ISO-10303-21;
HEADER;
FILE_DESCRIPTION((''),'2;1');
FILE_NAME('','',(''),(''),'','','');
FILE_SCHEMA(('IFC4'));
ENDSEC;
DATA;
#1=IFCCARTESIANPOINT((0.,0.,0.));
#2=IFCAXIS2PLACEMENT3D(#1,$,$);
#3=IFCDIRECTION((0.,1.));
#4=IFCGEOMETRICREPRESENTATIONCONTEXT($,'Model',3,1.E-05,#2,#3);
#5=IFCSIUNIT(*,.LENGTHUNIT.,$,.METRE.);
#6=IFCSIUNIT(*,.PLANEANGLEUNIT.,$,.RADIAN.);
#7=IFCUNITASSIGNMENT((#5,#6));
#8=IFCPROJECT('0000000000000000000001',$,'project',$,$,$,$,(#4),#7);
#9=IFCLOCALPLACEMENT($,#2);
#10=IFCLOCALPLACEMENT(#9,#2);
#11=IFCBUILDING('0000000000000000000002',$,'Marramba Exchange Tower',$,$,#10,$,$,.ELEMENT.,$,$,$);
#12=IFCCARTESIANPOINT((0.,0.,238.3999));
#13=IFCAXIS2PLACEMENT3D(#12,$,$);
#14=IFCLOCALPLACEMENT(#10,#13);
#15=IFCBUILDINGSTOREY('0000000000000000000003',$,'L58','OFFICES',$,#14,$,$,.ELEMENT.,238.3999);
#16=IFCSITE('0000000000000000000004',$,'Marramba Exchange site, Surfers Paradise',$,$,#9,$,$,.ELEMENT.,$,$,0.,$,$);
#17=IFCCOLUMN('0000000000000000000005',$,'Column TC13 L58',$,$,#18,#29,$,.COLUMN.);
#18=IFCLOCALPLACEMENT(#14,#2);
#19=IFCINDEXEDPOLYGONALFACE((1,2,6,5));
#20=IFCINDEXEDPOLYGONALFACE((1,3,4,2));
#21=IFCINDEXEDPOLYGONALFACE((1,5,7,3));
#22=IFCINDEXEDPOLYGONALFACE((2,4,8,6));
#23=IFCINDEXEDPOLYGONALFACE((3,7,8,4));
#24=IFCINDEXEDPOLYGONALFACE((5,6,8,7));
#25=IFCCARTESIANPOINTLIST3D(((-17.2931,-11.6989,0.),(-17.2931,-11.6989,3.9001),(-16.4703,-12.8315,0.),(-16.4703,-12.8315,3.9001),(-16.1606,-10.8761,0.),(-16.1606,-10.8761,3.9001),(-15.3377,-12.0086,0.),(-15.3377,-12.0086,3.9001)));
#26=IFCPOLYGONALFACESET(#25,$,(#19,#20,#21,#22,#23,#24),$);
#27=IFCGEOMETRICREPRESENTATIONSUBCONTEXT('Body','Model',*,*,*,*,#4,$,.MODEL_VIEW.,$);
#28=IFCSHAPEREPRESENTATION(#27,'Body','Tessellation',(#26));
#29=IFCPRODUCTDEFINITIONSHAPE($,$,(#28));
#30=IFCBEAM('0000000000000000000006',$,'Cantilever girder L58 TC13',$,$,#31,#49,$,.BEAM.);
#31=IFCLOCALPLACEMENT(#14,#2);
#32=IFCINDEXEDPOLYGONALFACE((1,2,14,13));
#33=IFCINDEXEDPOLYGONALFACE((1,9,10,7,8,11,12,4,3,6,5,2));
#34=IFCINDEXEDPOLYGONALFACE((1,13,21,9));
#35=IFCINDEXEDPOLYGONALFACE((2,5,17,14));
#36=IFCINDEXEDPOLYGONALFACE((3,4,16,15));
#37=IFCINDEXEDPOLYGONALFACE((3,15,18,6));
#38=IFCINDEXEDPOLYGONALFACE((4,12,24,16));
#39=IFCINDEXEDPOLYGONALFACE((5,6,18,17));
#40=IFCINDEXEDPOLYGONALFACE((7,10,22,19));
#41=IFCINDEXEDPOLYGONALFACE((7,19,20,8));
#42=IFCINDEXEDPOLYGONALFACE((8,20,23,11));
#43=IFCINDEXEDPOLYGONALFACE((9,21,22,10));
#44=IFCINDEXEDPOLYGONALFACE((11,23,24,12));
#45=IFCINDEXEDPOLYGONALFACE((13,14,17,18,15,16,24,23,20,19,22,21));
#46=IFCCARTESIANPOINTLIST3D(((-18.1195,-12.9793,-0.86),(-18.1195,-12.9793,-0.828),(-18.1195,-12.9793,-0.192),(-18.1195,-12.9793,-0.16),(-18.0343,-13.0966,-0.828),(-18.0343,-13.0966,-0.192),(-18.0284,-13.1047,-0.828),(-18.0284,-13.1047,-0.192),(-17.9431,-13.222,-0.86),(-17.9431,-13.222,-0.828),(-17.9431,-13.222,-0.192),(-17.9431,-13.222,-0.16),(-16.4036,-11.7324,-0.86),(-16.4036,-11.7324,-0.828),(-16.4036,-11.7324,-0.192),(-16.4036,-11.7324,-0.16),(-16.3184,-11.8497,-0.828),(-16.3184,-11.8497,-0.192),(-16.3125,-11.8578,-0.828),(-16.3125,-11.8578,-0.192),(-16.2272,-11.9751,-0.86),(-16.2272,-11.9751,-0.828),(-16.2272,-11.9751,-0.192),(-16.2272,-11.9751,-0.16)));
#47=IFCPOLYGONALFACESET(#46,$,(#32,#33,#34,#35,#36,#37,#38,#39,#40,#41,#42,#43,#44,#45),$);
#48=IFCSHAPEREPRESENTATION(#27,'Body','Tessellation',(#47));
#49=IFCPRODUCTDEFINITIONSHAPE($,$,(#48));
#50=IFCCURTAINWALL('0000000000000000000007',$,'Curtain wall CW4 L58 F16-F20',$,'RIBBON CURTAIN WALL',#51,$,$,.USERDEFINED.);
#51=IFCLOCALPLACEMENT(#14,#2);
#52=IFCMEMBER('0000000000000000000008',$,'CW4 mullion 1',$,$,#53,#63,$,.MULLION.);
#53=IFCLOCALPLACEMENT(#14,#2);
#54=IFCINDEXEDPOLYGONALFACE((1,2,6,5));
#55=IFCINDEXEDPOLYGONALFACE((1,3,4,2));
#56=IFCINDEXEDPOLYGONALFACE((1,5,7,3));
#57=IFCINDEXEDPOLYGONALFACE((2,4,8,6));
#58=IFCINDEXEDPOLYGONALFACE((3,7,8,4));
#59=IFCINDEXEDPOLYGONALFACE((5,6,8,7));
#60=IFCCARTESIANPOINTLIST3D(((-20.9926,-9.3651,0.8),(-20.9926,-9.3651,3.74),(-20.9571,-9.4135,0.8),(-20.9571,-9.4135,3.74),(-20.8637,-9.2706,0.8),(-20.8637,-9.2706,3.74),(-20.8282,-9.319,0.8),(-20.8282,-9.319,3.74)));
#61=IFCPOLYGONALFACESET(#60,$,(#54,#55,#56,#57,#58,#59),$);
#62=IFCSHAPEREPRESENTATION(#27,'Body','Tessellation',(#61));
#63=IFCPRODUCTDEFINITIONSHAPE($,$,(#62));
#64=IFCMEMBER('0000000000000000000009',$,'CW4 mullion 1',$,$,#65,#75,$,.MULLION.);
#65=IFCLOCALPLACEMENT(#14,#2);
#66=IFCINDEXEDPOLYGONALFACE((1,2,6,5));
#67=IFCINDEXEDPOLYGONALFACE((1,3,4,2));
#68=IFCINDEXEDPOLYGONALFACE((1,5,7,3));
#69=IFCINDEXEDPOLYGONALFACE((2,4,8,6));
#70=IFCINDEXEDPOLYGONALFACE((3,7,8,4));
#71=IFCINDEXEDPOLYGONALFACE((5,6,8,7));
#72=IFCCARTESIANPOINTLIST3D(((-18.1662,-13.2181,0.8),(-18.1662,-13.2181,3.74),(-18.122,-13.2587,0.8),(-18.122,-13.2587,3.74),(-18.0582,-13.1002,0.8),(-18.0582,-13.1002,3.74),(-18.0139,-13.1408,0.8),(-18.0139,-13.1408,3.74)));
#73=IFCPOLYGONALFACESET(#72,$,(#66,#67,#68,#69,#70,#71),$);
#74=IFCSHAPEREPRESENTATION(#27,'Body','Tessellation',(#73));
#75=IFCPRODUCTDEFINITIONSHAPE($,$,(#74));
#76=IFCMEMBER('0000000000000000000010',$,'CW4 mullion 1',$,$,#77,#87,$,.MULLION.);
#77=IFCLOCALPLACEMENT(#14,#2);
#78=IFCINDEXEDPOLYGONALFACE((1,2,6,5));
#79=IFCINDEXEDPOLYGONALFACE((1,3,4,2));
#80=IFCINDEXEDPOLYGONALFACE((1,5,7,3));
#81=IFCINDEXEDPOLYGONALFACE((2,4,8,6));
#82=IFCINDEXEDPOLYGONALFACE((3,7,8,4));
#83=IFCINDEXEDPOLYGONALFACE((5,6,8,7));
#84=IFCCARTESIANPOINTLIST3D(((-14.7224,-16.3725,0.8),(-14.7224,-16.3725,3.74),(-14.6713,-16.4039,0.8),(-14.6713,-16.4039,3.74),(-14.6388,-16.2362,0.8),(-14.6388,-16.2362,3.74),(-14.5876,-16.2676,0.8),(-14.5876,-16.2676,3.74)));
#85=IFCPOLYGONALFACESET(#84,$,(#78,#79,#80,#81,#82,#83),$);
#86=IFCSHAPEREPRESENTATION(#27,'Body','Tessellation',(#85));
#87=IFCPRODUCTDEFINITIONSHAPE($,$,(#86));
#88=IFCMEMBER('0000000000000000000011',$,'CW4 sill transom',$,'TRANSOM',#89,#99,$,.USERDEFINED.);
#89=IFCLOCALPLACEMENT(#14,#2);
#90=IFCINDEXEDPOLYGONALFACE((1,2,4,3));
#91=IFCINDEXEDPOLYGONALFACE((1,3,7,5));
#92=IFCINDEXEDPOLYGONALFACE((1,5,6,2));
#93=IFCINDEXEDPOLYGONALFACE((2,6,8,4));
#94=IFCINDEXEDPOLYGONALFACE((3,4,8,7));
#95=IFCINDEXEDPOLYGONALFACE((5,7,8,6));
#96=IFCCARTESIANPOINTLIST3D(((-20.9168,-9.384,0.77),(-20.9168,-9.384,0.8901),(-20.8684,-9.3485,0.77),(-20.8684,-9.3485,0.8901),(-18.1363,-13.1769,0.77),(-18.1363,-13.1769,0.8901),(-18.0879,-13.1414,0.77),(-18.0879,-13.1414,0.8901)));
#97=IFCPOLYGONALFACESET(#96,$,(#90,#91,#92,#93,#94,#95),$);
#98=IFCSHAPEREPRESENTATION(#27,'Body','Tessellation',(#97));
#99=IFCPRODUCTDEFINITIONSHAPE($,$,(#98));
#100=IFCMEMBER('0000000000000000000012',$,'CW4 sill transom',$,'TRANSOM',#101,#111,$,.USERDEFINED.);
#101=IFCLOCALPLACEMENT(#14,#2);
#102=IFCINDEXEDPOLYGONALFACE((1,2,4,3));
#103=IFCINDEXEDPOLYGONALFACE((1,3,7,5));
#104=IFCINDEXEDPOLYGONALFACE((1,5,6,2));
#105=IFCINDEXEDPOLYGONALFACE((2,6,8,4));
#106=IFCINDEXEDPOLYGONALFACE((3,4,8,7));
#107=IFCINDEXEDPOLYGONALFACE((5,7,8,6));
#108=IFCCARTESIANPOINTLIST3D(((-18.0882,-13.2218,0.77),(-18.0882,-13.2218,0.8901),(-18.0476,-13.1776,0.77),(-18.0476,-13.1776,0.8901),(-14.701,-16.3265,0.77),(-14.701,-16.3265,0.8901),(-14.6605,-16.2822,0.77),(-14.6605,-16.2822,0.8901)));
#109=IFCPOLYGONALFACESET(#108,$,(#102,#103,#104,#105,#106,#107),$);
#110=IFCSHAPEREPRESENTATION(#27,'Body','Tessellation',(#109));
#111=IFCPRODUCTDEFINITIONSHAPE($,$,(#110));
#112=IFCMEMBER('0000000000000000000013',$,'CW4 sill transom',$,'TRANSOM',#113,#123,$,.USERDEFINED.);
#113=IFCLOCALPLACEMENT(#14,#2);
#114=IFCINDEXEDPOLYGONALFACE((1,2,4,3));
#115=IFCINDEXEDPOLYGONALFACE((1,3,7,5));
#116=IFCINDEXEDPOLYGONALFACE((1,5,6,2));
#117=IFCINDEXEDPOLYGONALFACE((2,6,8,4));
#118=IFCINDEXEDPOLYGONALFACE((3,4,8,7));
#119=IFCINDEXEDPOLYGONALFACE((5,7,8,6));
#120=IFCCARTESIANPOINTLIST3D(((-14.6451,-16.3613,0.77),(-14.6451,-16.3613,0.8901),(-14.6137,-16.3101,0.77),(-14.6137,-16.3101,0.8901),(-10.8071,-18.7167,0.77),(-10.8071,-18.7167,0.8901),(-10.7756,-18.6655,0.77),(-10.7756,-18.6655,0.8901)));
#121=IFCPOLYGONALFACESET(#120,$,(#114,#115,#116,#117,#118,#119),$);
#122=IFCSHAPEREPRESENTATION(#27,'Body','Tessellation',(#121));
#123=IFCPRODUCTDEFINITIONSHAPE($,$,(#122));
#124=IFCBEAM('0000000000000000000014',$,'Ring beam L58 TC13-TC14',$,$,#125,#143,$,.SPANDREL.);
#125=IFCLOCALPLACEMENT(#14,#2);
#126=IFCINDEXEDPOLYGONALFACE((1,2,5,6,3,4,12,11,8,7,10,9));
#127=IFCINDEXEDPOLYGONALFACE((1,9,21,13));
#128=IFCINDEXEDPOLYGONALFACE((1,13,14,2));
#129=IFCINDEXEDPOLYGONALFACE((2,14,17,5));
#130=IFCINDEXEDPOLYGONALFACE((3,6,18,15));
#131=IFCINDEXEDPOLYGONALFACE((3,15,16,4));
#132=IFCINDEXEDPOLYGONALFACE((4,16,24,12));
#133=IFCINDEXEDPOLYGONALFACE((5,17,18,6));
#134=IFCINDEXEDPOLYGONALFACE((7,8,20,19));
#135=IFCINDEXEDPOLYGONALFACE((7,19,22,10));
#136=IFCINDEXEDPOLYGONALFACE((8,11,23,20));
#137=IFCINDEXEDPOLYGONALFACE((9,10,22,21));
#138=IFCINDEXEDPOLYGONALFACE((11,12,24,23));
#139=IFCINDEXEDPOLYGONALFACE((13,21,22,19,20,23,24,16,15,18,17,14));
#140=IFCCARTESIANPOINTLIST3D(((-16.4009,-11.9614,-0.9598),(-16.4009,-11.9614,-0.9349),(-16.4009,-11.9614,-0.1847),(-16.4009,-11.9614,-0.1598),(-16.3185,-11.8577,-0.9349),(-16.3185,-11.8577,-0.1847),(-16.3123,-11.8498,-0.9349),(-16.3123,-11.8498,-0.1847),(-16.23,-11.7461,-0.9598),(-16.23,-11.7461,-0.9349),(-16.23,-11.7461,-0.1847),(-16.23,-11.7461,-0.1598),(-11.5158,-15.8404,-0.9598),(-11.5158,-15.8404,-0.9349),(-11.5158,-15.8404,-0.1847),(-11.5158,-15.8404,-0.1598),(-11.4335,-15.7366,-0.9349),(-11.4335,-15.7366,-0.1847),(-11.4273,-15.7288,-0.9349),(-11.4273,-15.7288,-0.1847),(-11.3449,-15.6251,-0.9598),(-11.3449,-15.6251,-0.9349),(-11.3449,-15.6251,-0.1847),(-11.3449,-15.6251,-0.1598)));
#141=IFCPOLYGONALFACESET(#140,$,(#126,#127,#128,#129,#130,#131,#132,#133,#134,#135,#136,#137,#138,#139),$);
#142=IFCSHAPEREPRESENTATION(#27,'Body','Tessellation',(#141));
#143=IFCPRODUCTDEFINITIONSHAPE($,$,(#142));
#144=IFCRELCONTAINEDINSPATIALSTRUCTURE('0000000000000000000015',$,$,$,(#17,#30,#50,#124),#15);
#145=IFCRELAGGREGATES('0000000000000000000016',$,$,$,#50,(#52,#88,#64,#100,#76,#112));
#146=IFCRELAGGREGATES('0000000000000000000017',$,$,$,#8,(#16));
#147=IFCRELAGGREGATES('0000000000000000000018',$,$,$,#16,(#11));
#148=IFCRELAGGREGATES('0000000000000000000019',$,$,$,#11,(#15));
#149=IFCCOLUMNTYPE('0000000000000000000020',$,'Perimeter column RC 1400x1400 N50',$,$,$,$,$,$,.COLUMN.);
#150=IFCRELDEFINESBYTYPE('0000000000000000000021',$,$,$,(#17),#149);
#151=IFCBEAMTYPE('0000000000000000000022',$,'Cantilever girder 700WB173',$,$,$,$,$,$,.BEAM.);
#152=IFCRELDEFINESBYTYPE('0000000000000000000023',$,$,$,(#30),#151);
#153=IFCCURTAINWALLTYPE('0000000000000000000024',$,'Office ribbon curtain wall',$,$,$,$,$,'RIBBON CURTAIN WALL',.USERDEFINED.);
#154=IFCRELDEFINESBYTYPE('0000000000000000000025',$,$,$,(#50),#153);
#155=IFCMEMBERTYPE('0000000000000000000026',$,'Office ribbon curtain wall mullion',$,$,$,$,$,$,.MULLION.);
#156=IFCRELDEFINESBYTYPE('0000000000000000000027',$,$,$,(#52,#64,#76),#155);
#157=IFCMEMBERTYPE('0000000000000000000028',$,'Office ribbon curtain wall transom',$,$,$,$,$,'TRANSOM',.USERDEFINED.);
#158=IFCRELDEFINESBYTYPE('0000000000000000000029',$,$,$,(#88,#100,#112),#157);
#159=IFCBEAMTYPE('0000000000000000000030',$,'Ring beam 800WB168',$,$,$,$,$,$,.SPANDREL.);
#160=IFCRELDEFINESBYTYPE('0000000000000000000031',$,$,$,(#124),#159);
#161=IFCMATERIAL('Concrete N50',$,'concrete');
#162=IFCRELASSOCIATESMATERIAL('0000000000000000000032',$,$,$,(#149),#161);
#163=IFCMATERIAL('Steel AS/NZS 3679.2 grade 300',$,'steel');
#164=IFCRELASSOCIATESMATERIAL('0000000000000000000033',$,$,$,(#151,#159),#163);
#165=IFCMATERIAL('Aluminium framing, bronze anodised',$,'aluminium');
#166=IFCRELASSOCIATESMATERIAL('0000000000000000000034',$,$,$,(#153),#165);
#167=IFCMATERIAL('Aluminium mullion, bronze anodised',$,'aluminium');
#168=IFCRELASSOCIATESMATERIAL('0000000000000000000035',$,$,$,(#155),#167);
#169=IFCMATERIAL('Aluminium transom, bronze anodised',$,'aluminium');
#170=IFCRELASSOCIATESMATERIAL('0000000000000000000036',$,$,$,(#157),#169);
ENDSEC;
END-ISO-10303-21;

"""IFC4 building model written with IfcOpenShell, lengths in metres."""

from ifc_helpers import new_model, si_unit, direction, frame, origin, origin_2d, place, context, subcontext, project, spatial, rectangle, i_section, extrude, material, material_profile, profile_set, type_object, element, aggregate, save


model = new_model("IFC4")

# Units and contexts
model_context = context("Model", 3, precision=1e-05, world=origin(), true_north=direction((0.0, 1.0)))
body_context = subcontext(model_context, "Body", "Model", "MODEL_VIEW")
ifc_project = project(units=[si_unit("LENGTHUNIT", "METRE"), si_unit("PLANEANGLEUNIT", "RADIAN")], contexts=[model_context])

# Site, building, storey
site_placement = place(None, origin())
site = spatial("IfcSite", under=ifc_project, at=site_placement, Name="Marramba Exchange site, Surfers Paradise", CompositionType="ELEMENT", RefElevation=0.0)
building_placement = place(site_placement, origin())
building = spatial("IfcBuilding", under=site, at=building_placement, Name="Marramba Exchange Tower", CompositionType="ELEMENT")
storey_placement = place(building_placement, frame((0.0, 0.0, 238.3999)))
storey = spatial("IfcBuildingStorey", under=building, at=storey_placement, Name="L58", Description="OFFICES", CompositionType="ELEMENT", Elevation=238.3999)

# Column
ifc_material_1 = material(Name="Concrete N50", Category="concrete")
ifc_material_profile_1 = material_profile(ifc_material_1, rectangle(XDim=1.3999, YDim=1.3999, at=origin_2d()), Name="RC 1400x1400")
ifc_profile_set_1 = profile_set([ifc_material_profile_1], Name="Concrete N50")
column_type = type_object("IfcColumnType", Name="Perimeter column RC 1400x1400 N50", PredefinedType="COLUMN", material=ifc_profile_set_1)
column_placement = place(storey_placement, frame((-16.3154, -11.8538, 0.0), z_axis=(0.0, 0.0, 1.0), x_axis=(-0.809017, -0.587785, 0.0)))
element("IfcColumn", 1, at=column_placement, inside=storey, type_object=column_type, Name="Column TC13 L58", PredefinedType="COLUMN", context=body_context, shape_type="SweptSolid", body=[
    extrude(rectangle(XDim=1.3999, YDim=1.3999, at=origin_2d()), origin(), (0.0, 0.0, 1.0), 3.9001),
])

# Beam
ifc_material_2 = material(Name="Steel AS/NZS 3679.2 grade 300", Category="steel")
ifc_material_profile_2 = material_profile(ifc_material_2, i_section(OverallWidth=0.3, OverallDepth=0.7, WebThickness=0.01, FlangeThickness=0.032, at=origin_2d()), Name="700WB173")
ifc_profile_set_2 = profile_set([ifc_material_profile_2], Name="Steel AS/NZS 3679.2 grade 300")
beam_type_1 = type_object("IfcBeamType", Name="Cantilever girder 700WB173", PredefinedType="BEAM", material=ifc_profile_set_2)
beam_1_placement = place(storey_placement, frame((-16.3154, -11.8538, -0.51), z_axis=(-0.80897, -0.58785, 0.0), x_axis=(0.58785, -0.80897, 0.0)))
element("IfcBeam", 2, at=beam_1_placement, inside=storey, type_object=beam_type_1, Name="Cantilever girder L58 TC13", PredefinedType="BEAM", context=body_context, shape_type="SweptSolid", body=[
    extrude(i_section(OverallWidth=0.3, OverallDepth=0.7, WebThickness=0.01, FlangeThickness=0.032, at=origin_2d()), origin(), (0.0, 0.0, 1.0), 2.1211),
])

# Curtain wall, members
ifc_material_3 = material(Name="Aluminium framing, bronze anodised", Category="aluminium")
curtain_wall_type = type_object("IfcCurtainWallType", Name="Office ribbon curtain wall", ElementType="RIBBON CURTAIN WALL", PredefinedType="USERDEFINED", material=ifc_material_3)
curtain_wall_placement = place(storey_placement, origin())
curtain_wall = element("IfcCurtainWall", 3, at=curtain_wall_placement, inside=storey, type_object=curtain_wall_type, Name="Curtain wall CW4 L58 F16-F20", ObjectType="RIBBON CURTAIN WALL", PredefinedType="USERDEFINED")
ifc_material_4 = material(Name="Aluminium mullion, bronze anodised", Category="aluminium")
ifc_material_profile_3 = material_profile(ifc_material_4, rectangle(XDim=0.1599, YDim=0.0601, at=origin_2d()), Name="CW4 mullion 60x160")
ifc_profile_set_3 = profile_set([ifc_material_profile_3], Name="Aluminium mullion, bronze anodised")
member_type_1 = type_object("IfcMemberType", Name="Office ribbon curtain wall mullion", PredefinedType="MULLION", material=ifc_profile_set_3)
member_1_placement = place(storey_placement, frame((-20.9104, -9.342, 0.8), z_axis=(0.0, 0.0, 1.0), x_axis=(0.806508, 0.591223, 0.0)))
member_1 = element("IfcMember", 4, at=member_1_placement, type_object=member_type_1, Name="CW4 mullion 1", PredefinedType="MULLION", context=body_context, shape_type="SweptSolid", body=[
    extrude(rectangle(XDim=0.1599, YDim=0.0601, at=origin_2d()), origin(), (0.0, 0.0, 1.0), 2.9399),
])
member_2_placement = place(storey_placement, frame((-18.0901, -13.1794, 0.8), z_axis=(0.0, 0.0, 1.0), x_axis=(0.675671, 0.737203, 0.0)))
member_2 = element("IfcMember", 5, at=member_2_placement, type_object=member_type_1, Name="CW4 mullion 1", PredefinedType="MULLION", context=body_context, shape_type="SweptSolid", body=[
    extrude(rectangle(XDim=0.1599, YDim=0.0601, at=origin_2d()), origin(), (0.0, 0.0, 1.0), 2.9399),
])
member_3_placement = place(storey_placement, frame((-14.655, -16.3201, 0.8), z_axis=(0.0, 0.0, 1.0), x_axis=(0.523052, 0.852301, 0.0)))
member_3 = element("IfcMember", 6, at=member_3_placement, type_object=member_type_1, Name="CW4 mullion 1", PredefinedType="MULLION", context=body_context, shape_type="SweptSolid", body=[
    extrude(rectangle(XDim=0.1599, YDim=0.0601, at=origin_2d()), origin(), (0.0, 0.0, 1.0), 2.9399),
])
ifc_material_5 = material(Name="Aluminium transom, bronze anodised", Category="aluminium")
ifc_material_profile_4 = material_profile(ifc_material_5, rectangle(XDim=0.0601, YDim=0.1201, at=origin_2d()), Name="CW4 transom 60x120")
ifc_profile_set_4 = profile_set([ifc_material_profile_4], Name="Aluminium transom, bronze anodised")
member_type_2 = type_object("IfcMemberType", Name="Office ribbon curtain wall transom", ElementType="TRANSOM", PredefinedType="USERDEFINED", material=ifc_profile_set_4)
member_4_placement = place(storey_placement, frame((-20.8926, -9.3662, 0.8301), z_axis=(0.591226, -0.806506, 0.0), x_axis=(0.806506, 0.591226, 0.0)))
member_4 = element("IfcMember", 7, at=member_4_placement, type_object=member_type_2, Name="CW4 sill transom", ObjectType="TRANSOM", PredefinedType="USERDEFINED", context=body_context, shape_type="SweptSolid", body=[
    extrude(rectangle(XDim=0.0601, YDim=0.1201, at=origin_2d()), origin(), (0.0, 0.0, 1.0), 4.7029),
])
member_5_placement = place(storey_placement, frame((-18.0679, -13.1997, 0.8301), z_axis=(0.737176, -0.675701, 0.0), x_axis=(0.675701, 0.737176, 0.0)))
member_5 = element("IfcMember", 8, at=member_5_placement, type_object=member_type_2, Name="CW4 sill transom", ObjectType="TRANSOM", PredefinedType="USERDEFINED", context=body_context, shape_type="SweptSolid", body=[
    extrude(rectangle(XDim=0.0601, YDim=0.1201, at=origin_2d()), origin(), (0.0, 0.0, 1.0), 4.5947),
])
member_6_placement = place(storey_placement, frame((-14.6294, -16.3357, 0.8301), z_axis=(0.852298, -0.523056, 0.0), x_axis=(0.523056, 0.852298, 0.0)))
member_6 = element("IfcMember", 9, at=member_6_placement, type_object=member_type_2, Name="CW4 sill transom", ObjectType="TRANSOM", PredefinedType="USERDEFINED", context=body_context, shape_type="SweptSolid", body=[
    extrude(rectangle(XDim=0.0601, YDim=0.1201, at=origin_2d()), origin(), (0.0, 0.0, 1.0), 4.5032),
])

# Beam
ifc_material_profile_5 = material_profile(ifc_material_2, i_section(OverallWidth=0.2749, OverallDepth=0.8, WebThickness=0.01, FlangeThickness=0.0249, at=origin_2d()), Name="800WB168")
ifc_profile_set_5 = profile_set([ifc_material_profile_5], Name="Steel AS/NZS 3679.2 grade 300")
beam_type_2 = type_object("IfcBeamType", Name="Ring beam 800WB168", PredefinedType="SPANDREL", material=ifc_profile_set_5)
beam_2_placement = place(storey_placement, frame((-16.3154, -11.8538, -0.5598), z_axis=(0.783139, -0.621846, 0.0), x_axis=(0.621846, 0.783139, 0.0)))
element("IfcBeam", 10, at=beam_2_placement, inside=storey, type_object=beam_type_2, Name="Ring beam L58 TC13-TC14", PredefinedType="SPANDREL", context=body_context, shape_type="SweptSolid", body=[
    extrude(i_section(OverallWidth=0.2749, OverallDepth=0.8, WebThickness=0.01, FlangeThickness=0.0249, at=origin_2d()), origin(), (0.0, 0.0, 1.0), 6.2378),
])

aggregate(curtain_wall, [member_1, member_4, member_2, member_5, member_3, member_6])

save(model, "model.ifc")
